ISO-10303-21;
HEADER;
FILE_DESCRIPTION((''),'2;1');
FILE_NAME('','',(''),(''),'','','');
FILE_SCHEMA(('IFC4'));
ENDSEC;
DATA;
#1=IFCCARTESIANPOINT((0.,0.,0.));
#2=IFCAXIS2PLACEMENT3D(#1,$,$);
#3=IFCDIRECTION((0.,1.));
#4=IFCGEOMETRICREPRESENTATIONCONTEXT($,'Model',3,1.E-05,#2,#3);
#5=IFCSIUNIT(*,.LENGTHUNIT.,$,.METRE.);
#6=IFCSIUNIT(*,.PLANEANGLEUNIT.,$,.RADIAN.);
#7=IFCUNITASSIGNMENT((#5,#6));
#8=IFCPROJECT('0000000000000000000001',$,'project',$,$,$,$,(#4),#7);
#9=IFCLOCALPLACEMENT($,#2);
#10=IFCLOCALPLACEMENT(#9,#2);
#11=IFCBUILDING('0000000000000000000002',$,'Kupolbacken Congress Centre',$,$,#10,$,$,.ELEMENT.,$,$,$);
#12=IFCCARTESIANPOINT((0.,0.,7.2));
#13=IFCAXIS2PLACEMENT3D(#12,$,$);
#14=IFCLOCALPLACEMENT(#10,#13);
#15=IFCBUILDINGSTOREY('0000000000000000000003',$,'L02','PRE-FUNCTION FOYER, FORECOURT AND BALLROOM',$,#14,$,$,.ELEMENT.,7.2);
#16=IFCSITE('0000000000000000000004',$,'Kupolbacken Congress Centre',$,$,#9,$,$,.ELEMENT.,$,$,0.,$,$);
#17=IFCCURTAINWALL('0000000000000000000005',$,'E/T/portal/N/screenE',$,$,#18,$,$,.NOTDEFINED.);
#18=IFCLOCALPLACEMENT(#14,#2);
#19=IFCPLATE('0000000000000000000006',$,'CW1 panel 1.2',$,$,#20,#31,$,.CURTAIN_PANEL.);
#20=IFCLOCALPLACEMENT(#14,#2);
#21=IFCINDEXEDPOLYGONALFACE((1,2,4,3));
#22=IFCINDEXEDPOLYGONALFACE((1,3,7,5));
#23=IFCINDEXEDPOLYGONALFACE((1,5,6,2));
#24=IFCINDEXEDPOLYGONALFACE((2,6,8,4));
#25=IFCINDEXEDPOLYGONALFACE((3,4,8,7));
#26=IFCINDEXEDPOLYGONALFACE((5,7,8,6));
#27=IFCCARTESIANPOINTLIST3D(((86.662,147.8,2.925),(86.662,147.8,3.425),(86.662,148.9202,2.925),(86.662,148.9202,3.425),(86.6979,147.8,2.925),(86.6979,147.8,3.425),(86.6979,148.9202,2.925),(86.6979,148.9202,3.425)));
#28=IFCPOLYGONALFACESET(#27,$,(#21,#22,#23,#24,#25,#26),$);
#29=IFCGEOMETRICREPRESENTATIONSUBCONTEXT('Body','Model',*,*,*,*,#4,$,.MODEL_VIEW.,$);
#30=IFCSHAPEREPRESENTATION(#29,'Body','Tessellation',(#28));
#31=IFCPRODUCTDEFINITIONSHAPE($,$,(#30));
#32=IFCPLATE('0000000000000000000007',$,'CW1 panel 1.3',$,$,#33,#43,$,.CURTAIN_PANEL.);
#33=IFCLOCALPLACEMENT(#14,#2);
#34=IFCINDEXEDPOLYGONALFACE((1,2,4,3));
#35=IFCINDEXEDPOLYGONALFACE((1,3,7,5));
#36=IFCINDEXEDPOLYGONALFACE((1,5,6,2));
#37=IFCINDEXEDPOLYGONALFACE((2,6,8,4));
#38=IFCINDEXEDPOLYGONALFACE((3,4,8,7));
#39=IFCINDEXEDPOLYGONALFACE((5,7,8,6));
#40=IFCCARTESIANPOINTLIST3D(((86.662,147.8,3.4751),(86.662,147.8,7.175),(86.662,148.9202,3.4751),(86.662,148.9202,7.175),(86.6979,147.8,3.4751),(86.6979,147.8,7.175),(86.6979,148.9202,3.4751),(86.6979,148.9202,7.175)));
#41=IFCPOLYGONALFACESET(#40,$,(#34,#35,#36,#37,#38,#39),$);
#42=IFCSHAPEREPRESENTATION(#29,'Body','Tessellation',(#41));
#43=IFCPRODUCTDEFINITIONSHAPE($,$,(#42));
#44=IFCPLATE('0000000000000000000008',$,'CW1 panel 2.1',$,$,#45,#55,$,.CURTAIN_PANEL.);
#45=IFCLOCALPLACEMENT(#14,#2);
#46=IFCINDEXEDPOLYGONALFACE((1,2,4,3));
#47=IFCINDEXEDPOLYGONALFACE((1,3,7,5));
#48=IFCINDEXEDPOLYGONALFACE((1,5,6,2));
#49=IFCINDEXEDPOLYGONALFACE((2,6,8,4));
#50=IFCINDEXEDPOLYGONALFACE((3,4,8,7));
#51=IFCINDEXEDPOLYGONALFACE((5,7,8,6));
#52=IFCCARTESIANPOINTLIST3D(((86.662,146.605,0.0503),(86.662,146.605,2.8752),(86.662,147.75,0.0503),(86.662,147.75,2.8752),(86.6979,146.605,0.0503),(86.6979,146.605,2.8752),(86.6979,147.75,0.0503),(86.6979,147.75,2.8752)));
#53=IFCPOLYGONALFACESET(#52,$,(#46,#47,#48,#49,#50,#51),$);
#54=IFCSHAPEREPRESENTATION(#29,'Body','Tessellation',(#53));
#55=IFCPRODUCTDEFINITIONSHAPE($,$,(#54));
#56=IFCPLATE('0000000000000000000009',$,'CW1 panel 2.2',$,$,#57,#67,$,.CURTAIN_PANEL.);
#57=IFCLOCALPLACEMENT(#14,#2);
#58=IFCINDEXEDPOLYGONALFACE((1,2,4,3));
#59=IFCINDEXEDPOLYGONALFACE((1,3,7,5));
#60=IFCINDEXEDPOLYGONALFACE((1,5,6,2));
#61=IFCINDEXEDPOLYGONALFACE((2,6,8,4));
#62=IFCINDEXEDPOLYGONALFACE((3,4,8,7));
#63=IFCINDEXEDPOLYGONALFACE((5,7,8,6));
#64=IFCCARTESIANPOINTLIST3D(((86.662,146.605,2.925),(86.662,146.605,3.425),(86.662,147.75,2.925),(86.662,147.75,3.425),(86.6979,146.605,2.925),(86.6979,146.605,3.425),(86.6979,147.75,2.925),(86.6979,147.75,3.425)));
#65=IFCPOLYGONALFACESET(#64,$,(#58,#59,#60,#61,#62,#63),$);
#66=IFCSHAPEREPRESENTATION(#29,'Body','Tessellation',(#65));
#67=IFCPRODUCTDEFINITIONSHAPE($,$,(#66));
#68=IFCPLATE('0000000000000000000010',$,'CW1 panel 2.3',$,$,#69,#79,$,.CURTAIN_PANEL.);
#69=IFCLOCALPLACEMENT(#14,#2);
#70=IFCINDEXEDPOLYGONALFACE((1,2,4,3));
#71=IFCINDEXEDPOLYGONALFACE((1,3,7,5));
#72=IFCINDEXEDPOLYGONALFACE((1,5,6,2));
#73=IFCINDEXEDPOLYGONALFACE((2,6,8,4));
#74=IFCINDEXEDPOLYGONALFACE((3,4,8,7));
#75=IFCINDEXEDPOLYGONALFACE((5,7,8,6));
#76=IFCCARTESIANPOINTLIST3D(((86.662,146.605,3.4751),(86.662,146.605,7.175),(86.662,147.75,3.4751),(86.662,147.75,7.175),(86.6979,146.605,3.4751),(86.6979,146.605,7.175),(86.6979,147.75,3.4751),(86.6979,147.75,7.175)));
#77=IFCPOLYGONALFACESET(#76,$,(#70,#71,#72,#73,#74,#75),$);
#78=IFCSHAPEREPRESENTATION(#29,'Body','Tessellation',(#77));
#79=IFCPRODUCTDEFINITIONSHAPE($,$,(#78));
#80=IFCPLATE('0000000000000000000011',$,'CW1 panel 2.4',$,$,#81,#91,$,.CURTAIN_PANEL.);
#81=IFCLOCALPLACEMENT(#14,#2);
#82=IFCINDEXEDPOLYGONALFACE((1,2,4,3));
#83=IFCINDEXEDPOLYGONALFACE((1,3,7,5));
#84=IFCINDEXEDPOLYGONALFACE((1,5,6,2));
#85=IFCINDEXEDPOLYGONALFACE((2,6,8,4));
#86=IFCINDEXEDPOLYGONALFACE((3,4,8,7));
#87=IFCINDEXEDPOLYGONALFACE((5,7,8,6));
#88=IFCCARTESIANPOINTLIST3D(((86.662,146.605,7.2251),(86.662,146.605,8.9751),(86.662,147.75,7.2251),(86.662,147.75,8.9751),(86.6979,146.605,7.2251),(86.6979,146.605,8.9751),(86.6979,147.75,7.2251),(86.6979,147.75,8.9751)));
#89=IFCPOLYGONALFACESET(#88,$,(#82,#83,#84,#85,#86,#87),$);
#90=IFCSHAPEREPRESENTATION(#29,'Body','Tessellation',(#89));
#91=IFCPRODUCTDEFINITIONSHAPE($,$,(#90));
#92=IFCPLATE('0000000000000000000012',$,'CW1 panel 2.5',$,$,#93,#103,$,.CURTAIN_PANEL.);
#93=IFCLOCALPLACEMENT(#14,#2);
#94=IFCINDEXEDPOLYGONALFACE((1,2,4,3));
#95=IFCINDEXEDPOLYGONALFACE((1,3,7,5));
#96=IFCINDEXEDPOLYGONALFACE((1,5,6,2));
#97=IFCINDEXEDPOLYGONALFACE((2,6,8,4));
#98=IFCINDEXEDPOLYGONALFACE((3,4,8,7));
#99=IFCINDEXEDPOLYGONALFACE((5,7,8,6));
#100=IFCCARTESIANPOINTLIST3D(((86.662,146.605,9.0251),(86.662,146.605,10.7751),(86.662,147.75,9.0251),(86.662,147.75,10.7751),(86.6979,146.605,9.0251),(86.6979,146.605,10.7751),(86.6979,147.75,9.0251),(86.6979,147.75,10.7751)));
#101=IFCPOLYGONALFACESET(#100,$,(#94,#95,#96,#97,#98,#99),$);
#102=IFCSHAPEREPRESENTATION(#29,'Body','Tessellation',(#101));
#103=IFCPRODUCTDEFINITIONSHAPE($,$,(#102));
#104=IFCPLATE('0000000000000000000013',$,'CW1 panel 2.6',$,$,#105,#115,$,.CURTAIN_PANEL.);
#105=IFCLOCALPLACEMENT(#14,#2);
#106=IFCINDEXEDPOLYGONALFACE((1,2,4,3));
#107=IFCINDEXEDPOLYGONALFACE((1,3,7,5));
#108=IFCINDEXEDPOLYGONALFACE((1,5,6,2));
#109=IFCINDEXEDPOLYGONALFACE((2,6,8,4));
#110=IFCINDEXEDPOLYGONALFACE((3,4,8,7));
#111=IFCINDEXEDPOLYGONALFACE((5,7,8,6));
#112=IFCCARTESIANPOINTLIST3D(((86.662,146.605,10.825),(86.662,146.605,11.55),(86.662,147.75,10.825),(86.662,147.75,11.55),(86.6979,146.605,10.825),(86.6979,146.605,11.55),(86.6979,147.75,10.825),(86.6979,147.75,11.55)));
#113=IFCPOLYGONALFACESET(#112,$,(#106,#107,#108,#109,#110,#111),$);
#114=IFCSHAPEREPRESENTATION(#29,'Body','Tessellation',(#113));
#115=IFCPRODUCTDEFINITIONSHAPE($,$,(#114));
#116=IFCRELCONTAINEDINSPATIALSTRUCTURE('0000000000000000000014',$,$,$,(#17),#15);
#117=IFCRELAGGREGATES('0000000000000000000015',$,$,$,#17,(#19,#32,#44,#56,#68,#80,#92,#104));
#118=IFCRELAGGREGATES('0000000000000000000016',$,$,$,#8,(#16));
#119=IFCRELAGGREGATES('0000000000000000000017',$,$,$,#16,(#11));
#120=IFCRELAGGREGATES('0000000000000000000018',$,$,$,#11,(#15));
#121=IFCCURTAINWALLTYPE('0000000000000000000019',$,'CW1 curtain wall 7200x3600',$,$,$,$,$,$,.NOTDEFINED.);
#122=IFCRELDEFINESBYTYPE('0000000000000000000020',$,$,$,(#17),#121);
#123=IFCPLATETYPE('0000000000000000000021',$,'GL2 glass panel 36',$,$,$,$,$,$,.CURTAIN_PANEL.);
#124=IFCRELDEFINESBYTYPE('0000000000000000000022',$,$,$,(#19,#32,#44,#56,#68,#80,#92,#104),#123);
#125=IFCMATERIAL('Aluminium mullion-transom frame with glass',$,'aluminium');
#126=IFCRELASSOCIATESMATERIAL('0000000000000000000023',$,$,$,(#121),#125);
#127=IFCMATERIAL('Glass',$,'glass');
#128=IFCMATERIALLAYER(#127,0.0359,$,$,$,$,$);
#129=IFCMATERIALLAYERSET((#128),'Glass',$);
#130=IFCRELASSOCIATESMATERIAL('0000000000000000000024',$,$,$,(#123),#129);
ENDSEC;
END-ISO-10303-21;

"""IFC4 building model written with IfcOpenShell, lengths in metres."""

from ifc_helpers import new_model, si_unit, direction, frame, origin, origin_2d, place, context, subcontext, project, spatial, rectangle, extrude, material, layer, layer_set, type_object, element, aggregate, save


model = new_model("IFC4")

# Units and contexts
model_context = context("Model", 3, precision=1e-05, world=origin(), true_north=direction((0.0, 1.0)))
body_context = subcontext(model_context, "Body", "Model", "MODEL_VIEW")
ifc_project = project(units=[si_unit("LENGTHUNIT", "METRE"), si_unit("PLANEANGLEUNIT", "RADIAN")], contexts=[model_context])

# Site, building, storey
site_placement = place(None, origin())
site = spatial("IfcSite", under=ifc_project, at=site_placement, Name="Kupolbacken Congress Centre", CompositionType="ELEMENT", RefElevation=0.0)
building_placement = place(site_placement, origin())
building = spatial("IfcBuilding", under=site, at=building_placement, Name="Kupolbacken Congress Centre", CompositionType="ELEMENT")
storey_placement = place(building_placement, frame((0.0, 0.0, 7.2)))
storey = spatial("IfcBuildingStorey", under=building, at=storey_placement, Name="L02", Description="PRE-FUNCTION FOYER, FORECOURT AND BALLROOM", CompositionType="ELEMENT", Elevation=7.2)

# Curtain wall, plates
ifc_material_1 = material(Name="Aluminium mullion-transom frame with glass", Category="aluminium")
curtain_wall_type = type_object("IfcCurtainWallType", Name="CW1 curtain wall 7200x3600", PredefinedType="NOTDEFINED", material=ifc_material_1)
curtain_wall_placement = place(storey_placement, origin())
curtain_wall = element("IfcCurtainWall", 1, at=curtain_wall_placement, inside=storey, type_object=curtain_wall_type, Name="E/T/portal/N/screenE", PredefinedType="NOTDEFINED")
ifc_material_2 = material(Name="Glass", Category="glass")
ifc_layer = layer(ifc_material_2, 0.0359)
ifc_layer_set = layer_set([ifc_layer], Name="Glass")
plate_type = type_object("IfcPlateType", Name="GL2 glass panel 36", PredefinedType="CURTAIN_PANEL", material=ifc_layer_set)
plate_1_placement = place(storey_placement, frame((86.6799, 148.3601, 2.925), z_axis=(0.0, 0.0, 1.0), x_axis=(0.0, -1.0, 0.0)))
plate_1 = element("IfcPlate", 2, at=plate_1_placement, type_object=plate_type, Name="CW1 panel 1.2", PredefinedType="CURTAIN_PANEL", context=body_context, shape_type="SweptSolid", body=[
    extrude(rectangle(XDim=1.1201, YDim=0.0359, at=origin_2d()), origin(), (0.0, 0.0, 1.0), 0.5),
])
plate_2_placement = place(storey_placement, frame((86.6799, 148.3601, 3.4751), z_axis=(0.0, 0.0, 1.0), x_axis=(0.0, -1.0, 0.0)))
plate_2 = element("IfcPlate", 3, at=plate_2_placement, type_object=plate_type, Name="CW1 panel 1.3", PredefinedType="CURTAIN_PANEL", context=body_context, shape_type="SweptSolid", body=[
    extrude(rectangle(XDim=1.1201, YDim=0.0359, at=origin_2d()), origin(), (0.0, 0.0, 1.0), 3.7),
])
plate_3_placement = place(storey_placement, frame((86.6799, 147.1775, 0.0503), z_axis=(0.0, 0.0, 1.0), x_axis=(0.0, -1.0, 0.0)))
plate_3 = element("IfcPlate", 4, at=plate_3_placement, type_object=plate_type, Name="CW1 panel 2.1", PredefinedType="CURTAIN_PANEL", context=body_context, shape_type="SweptSolid", body=[
    extrude(rectangle(XDim=1.145, YDim=0.0359, at=origin_2d()), origin(), (0.0, 0.0, 1.0), 2.825),
])
plate_4_placement = place(storey_placement, frame((86.6799, 147.1775, 2.925), z_axis=(0.0, 0.0, 1.0), x_axis=(0.0, -1.0, 0.0)))
plate_4 = element("IfcPlate", 5, at=plate_4_placement, type_object=plate_type, Name="CW1 panel 2.2", PredefinedType="CURTAIN_PANEL", context=body_context, shape_type="SweptSolid", body=[
    extrude(rectangle(XDim=1.145, YDim=0.0359, at=origin_2d()), origin(), (0.0, 0.0, 1.0), 0.5),
])
plate_5_placement = place(storey_placement, frame((86.6799, 147.1775, 3.4751), z_axis=(0.0, 0.0, 1.0), x_axis=(0.0, -1.0, 0.0)))
plate_5 = element("IfcPlate", 6, at=plate_5_placement, type_object=plate_type, Name="CW1 panel 2.3", PredefinedType="CURTAIN_PANEL", context=body_context, shape_type="SweptSolid", body=[
    extrude(rectangle(XDim=1.145, YDim=0.0359, at=origin_2d()), origin(), (0.0, 0.0, 1.0), 3.7),
])
plate_6_placement = place(storey_placement, frame((86.6799, 147.1775, 7.2251), z_axis=(0.0, 0.0, 1.0), x_axis=(0.0, -1.0, 0.0)))
plate_6 = element("IfcPlate", 7, at=plate_6_placement, type_object=plate_type, Name="CW1 panel 2.4", PredefinedType="CURTAIN_PANEL", context=body_context, shape_type="SweptSolid", body=[
    extrude(rectangle(XDim=1.145, YDim=0.0359, at=origin_2d()), origin(), (0.0, 0.0, 1.0), 1.75),
])
plate_7_placement = place(storey_placement, frame((86.6799, 147.1775, 9.0251), z_axis=(0.0, 0.0, 1.0), x_axis=(0.0, -1.0, 0.0)))
plate_7 = element("IfcPlate", 8, at=plate_7_placement, type_object=plate_type, Name="CW1 panel 2.5", PredefinedType="CURTAIN_PANEL", context=body_context, shape_type="SweptSolid", body=[
    extrude(rectangle(XDim=1.145, YDim=0.0359, at=origin_2d()), origin(), (0.0, 0.0, 1.0), 1.75),
])
plate_8_placement = place(storey_placement, frame((86.6799, 147.1775, 10.825), z_axis=(0.0, 0.0, 1.0), x_axis=(0.0, -1.0, 0.0)))
plate_8 = element("IfcPlate", 9, at=plate_8_placement, type_object=plate_type, Name="CW1 panel 2.6", PredefinedType="CURTAIN_PANEL", context=body_context, shape_type="SweptSolid", body=[
    extrude(rectangle(XDim=1.145, YDim=0.0359, at=origin_2d()), origin(), (0.0, 0.0, 1.0), 0.7251),
])
aggregate(curtain_wall, [plate_1, plate_2, plate_3, plate_4, plate_5, plate_6, plate_7, plate_8])

save(model, "model.ifc")
